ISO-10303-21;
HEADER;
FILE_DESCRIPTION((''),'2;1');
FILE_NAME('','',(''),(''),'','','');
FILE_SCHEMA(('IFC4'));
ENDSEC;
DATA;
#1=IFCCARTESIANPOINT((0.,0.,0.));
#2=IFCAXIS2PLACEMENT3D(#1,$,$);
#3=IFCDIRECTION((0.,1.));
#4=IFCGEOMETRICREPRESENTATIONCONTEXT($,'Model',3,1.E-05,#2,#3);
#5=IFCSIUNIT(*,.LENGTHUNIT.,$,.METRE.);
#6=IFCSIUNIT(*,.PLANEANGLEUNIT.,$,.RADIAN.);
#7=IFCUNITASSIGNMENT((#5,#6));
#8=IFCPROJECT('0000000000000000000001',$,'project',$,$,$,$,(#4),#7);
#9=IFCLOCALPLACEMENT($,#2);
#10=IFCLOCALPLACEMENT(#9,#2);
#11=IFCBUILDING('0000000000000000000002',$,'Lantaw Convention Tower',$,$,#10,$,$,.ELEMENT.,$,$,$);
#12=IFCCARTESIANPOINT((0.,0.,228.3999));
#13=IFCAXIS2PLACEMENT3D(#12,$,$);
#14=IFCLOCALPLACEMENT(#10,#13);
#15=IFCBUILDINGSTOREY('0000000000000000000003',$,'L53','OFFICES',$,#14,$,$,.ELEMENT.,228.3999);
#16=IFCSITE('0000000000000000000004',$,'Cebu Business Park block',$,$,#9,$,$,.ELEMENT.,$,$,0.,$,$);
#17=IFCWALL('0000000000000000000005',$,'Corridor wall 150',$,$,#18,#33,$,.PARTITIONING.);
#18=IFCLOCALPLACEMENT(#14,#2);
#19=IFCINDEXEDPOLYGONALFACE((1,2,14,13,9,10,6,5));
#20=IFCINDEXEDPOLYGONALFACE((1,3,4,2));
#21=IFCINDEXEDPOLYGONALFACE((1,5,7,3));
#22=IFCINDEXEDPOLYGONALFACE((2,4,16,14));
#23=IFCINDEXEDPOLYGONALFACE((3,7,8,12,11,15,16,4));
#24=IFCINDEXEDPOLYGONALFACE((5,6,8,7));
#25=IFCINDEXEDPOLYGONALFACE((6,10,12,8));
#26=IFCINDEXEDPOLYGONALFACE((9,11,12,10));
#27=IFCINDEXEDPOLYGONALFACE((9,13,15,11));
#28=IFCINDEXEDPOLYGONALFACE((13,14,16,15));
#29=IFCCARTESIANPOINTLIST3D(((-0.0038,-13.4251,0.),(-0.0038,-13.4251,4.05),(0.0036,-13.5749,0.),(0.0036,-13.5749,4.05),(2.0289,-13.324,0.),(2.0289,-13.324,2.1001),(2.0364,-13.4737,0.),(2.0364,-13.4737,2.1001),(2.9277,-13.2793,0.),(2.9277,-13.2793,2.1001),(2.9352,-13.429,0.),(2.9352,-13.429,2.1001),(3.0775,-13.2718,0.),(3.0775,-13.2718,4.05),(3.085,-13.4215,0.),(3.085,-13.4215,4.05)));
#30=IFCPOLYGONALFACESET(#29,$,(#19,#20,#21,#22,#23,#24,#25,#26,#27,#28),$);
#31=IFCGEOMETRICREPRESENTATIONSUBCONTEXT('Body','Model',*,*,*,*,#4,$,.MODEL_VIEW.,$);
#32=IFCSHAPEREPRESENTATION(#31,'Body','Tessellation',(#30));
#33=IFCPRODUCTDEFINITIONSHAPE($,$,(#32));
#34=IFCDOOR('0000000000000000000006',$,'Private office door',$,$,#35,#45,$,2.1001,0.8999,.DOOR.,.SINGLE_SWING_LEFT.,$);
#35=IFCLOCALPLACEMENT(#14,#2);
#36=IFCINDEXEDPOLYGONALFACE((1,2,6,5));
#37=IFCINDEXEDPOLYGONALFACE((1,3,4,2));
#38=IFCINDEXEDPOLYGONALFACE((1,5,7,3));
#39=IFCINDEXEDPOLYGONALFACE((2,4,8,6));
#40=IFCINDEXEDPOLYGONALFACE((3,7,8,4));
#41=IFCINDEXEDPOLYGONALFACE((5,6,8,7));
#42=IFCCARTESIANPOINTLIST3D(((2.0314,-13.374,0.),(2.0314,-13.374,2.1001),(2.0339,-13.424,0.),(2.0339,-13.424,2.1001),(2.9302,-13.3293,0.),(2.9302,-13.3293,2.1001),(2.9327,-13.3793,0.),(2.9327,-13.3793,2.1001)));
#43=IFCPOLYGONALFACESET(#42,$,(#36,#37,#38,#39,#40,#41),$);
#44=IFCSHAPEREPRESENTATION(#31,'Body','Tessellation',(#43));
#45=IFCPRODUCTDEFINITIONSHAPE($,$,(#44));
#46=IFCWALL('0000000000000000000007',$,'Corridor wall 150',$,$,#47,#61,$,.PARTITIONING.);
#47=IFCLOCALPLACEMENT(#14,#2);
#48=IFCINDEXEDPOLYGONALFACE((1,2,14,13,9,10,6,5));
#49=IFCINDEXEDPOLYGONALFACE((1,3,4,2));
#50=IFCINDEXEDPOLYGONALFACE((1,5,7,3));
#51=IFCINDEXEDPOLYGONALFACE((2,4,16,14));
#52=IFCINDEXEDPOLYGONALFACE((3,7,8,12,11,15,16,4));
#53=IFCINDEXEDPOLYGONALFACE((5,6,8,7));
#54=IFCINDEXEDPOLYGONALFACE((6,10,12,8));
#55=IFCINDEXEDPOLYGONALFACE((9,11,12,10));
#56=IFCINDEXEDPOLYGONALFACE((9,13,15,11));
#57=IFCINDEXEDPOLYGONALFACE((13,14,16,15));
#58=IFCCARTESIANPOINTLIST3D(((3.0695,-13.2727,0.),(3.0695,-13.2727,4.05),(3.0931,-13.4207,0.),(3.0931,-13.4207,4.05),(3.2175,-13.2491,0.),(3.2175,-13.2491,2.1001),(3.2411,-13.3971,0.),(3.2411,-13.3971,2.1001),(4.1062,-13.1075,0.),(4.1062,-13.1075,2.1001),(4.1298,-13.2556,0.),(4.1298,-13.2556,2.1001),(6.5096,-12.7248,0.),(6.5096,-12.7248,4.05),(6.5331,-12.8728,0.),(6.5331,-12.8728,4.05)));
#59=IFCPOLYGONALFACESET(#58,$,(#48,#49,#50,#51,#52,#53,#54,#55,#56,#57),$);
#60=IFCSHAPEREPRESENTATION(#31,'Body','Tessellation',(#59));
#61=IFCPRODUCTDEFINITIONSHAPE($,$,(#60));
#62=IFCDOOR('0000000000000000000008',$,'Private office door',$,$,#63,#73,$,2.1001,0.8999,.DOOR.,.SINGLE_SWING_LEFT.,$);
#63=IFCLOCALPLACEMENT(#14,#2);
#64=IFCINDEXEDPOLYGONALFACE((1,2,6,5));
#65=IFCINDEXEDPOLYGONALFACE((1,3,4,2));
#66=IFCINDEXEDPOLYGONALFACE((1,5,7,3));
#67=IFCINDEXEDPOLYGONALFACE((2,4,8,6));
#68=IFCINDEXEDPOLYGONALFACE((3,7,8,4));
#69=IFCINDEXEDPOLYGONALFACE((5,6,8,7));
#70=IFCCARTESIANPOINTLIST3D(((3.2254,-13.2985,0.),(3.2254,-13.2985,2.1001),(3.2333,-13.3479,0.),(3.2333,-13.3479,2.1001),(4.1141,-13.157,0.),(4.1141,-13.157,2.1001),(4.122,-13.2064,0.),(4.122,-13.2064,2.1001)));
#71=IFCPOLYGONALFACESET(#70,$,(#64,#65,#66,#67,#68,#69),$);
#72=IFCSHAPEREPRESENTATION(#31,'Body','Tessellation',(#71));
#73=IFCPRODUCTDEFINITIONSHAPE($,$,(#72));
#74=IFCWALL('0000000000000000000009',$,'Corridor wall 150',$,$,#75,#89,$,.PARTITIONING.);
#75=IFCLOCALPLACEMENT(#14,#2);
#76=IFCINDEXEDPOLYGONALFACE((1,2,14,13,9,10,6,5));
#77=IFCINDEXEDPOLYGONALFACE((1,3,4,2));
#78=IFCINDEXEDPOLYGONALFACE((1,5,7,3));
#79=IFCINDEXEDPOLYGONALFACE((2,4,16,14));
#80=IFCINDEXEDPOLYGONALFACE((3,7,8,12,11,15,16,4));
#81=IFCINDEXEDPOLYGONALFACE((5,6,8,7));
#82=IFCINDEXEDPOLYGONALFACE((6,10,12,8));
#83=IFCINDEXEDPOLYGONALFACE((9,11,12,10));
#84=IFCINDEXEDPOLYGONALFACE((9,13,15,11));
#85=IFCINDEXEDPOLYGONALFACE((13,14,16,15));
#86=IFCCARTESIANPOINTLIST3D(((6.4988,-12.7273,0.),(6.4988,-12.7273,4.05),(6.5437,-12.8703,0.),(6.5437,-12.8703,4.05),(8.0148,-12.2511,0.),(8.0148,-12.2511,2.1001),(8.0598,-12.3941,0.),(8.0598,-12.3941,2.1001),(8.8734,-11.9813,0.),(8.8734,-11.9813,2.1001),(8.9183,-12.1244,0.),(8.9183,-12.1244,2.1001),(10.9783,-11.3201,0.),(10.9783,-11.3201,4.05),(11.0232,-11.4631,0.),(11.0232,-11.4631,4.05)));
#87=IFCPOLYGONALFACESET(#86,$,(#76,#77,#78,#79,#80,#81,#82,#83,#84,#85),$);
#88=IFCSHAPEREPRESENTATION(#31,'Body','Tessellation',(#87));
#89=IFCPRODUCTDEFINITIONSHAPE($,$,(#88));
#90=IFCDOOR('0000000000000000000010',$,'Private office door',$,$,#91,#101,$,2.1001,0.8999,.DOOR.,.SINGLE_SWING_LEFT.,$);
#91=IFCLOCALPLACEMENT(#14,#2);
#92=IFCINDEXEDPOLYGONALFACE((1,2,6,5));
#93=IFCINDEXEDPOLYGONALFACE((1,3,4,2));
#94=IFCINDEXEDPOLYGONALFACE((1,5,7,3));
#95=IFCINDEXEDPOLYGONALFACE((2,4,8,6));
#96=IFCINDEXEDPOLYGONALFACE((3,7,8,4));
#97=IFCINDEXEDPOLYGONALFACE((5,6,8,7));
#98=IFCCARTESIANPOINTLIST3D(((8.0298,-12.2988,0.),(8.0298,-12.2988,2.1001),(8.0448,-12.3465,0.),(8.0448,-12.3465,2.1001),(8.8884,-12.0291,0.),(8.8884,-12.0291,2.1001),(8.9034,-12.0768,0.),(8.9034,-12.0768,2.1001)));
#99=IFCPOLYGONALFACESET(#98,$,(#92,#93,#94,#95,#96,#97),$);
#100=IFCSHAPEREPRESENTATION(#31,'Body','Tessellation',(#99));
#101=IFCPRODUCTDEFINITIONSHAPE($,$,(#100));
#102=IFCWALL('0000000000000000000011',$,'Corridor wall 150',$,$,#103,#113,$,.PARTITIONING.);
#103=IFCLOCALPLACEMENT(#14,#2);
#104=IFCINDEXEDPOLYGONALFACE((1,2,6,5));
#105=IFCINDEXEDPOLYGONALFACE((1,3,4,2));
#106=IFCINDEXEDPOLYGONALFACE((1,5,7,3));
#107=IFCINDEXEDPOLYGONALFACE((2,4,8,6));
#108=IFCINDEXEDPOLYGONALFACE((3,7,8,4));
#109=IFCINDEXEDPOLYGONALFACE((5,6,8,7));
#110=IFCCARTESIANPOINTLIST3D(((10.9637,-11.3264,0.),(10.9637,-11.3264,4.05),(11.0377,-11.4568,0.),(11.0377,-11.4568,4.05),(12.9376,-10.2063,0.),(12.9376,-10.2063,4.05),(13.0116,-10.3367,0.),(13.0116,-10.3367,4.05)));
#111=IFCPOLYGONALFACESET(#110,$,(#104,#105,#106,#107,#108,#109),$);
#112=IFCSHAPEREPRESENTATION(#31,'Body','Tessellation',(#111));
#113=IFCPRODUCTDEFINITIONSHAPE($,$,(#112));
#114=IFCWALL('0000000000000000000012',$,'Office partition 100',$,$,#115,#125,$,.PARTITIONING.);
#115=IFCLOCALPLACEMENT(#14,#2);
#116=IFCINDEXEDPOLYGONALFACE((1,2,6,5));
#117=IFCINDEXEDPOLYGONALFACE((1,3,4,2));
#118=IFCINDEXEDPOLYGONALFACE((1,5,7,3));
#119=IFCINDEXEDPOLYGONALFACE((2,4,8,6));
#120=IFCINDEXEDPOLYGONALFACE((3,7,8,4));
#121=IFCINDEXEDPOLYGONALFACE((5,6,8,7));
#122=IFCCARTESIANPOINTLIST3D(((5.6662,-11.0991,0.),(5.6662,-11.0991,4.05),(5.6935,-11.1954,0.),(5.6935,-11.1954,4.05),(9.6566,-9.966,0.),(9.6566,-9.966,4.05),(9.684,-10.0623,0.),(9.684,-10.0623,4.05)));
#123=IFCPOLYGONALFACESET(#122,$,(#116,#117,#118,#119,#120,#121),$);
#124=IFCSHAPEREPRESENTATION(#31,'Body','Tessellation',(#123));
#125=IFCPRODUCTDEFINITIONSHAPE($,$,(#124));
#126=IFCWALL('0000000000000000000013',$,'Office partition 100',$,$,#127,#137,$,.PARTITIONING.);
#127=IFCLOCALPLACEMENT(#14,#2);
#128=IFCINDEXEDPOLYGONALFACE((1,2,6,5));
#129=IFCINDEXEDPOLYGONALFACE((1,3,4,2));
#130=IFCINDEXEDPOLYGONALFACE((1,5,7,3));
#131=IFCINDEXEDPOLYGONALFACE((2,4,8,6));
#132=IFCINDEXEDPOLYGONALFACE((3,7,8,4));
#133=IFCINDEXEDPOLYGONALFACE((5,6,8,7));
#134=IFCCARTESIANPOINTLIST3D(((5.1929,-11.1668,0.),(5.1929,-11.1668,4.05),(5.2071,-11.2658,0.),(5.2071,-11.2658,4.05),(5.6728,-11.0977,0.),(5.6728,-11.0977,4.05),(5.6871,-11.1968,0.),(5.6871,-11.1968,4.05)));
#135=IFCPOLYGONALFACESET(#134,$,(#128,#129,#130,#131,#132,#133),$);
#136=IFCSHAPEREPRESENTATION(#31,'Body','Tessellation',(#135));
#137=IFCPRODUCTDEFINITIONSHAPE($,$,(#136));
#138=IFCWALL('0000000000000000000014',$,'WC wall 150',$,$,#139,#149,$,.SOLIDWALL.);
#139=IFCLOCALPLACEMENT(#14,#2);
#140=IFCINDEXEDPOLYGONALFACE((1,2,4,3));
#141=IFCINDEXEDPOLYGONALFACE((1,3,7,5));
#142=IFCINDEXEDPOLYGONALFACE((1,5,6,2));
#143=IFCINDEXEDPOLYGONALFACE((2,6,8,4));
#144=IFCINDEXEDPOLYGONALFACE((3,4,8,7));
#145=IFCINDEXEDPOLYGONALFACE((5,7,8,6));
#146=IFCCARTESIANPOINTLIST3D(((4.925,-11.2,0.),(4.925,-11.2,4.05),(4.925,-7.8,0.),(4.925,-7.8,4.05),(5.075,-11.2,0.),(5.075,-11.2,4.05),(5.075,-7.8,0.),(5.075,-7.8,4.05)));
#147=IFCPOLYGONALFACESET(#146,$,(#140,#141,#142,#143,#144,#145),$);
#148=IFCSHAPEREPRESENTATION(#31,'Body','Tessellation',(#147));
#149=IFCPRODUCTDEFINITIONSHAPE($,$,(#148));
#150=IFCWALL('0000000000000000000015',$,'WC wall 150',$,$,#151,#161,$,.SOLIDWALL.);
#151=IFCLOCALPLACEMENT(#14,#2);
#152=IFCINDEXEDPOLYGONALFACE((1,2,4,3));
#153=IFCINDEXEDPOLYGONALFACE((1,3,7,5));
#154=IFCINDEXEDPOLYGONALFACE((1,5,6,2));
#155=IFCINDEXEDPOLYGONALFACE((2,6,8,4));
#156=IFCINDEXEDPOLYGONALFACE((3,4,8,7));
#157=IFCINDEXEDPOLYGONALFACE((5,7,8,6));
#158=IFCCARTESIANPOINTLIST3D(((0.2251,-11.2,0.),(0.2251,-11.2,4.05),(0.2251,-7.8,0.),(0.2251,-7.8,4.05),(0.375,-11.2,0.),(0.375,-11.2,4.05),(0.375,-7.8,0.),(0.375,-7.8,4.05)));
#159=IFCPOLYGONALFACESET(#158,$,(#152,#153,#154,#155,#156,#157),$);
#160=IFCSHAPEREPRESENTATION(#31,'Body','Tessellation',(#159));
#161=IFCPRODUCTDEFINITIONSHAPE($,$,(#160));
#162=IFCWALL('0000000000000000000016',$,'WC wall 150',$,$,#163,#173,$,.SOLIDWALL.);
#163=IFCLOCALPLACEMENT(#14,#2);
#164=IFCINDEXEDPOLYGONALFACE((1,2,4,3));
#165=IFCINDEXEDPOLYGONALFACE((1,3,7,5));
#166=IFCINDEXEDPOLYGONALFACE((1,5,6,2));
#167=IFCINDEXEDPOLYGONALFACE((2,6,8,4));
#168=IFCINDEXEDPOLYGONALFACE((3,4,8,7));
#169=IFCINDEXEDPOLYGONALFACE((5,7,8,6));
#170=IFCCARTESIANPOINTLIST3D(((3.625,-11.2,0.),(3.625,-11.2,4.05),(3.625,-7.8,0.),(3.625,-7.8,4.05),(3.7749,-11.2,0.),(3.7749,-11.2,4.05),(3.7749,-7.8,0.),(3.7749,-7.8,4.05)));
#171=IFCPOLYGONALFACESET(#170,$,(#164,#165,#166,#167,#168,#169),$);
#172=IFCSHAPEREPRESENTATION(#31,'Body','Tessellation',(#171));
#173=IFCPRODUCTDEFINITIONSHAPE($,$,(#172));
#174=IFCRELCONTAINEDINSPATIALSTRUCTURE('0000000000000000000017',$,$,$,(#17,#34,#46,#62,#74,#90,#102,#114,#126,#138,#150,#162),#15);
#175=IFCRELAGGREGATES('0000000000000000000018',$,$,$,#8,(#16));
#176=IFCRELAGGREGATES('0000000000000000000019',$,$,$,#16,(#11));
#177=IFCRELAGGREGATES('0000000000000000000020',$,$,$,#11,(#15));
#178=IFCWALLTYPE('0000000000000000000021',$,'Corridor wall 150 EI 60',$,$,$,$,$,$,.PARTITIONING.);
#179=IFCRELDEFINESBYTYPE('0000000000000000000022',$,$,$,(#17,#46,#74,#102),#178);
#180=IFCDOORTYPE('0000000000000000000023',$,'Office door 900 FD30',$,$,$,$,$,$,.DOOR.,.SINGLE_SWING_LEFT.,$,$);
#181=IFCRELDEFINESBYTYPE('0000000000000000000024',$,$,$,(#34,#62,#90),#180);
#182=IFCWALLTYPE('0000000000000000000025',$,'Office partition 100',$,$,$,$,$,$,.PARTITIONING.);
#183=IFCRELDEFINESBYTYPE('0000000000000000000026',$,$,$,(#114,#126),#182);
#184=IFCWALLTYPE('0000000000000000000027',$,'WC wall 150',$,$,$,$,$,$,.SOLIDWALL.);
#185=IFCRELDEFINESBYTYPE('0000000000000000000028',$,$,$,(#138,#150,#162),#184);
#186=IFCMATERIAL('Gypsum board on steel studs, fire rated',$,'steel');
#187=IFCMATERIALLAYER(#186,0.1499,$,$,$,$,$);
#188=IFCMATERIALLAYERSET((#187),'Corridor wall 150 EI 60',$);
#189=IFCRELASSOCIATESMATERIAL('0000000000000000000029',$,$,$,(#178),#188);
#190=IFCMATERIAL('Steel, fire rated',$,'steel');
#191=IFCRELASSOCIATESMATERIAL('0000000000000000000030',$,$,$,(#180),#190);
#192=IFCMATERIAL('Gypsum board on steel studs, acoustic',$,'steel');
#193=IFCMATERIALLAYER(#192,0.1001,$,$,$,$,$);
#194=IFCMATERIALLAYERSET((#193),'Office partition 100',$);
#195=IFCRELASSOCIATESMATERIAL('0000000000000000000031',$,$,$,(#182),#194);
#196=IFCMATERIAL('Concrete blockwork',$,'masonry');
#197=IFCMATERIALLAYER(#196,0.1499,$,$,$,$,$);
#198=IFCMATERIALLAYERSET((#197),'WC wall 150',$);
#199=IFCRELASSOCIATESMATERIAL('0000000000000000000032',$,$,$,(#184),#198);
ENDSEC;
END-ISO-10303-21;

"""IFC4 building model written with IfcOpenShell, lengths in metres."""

from ifc_helpers import new_model, si_unit, direction, frame, frame_2d, origin, place, context, subcontext, project, spatial, rectangle, extrude, material, layer, layer_set, type_object, element, fill, save


model = new_model("IFC4")

# Units and contexts
model_context = context("Model", 3, precision=1e-05, world=origin(), true_north=direction((0.0, 1.0)))
body_context = subcontext(model_context, "Body", "Model", "MODEL_VIEW")
ifc_project = project(units=[si_unit("LENGTHUNIT", "METRE"), si_unit("PLANEANGLEUNIT", "RADIAN")], contexts=[model_context])

# Site, building, storey
site_placement = place(None, origin())
site = spatial("IfcSite", under=ifc_project, at=site_placement, Name="Cebu Business Park block", CompositionType="ELEMENT", RefElevation=0.0)
building_placement = place(site_placement, origin())
building = spatial("IfcBuilding", under=site, at=building_placement, Name="Lantaw Convention Tower", CompositionType="ELEMENT")
storey_placement = place(building_placement, frame((0.0, 0.0, 228.3999)))
storey = spatial("IfcBuildingStorey", under=building, at=storey_placement, Name="L53", Description="OFFICES", CompositionType="ELEMENT", Elevation=228.3999)

# Walls, openings, doors
ifc_material_1 = material(Name="Steel, fire rated", Category="steel")
ifc_material_2 = material(Name="Gypsum board on steel studs, fire rated", Category="steel")
ifc_layer_1 = layer(ifc_material_2, 0.1499)
ifc_layer_set_1 = layer_set([ifc_layer_1], Name="Corridor wall 150 EI 60")
wall_type_1 = type_object("IfcWallType", Name="Corridor wall 150 EI 60", PredefinedType="PARTITIONING", material=ifc_layer_set_1)
wall_1_placement = place(storey_placement, frame((0.0, -13.5, 0.0), z_axis=(0.0, 0.0, 1.0), x_axis=(0.998764, 0.049697, 0.0)))
wall_1 = element("IfcWall", 1, at=wall_1_placement, inside=storey, type_object=wall_type_1, Name="Corridor wall 150", PredefinedType="PARTITIONING", context=body_context, shape_type="SweptSolid", body=[
    extrude(rectangle(XDim=3.0852, YDim=0.1499, at=frame_2d((1.5425, 0.0))), origin(), (0.0, 0.0, 1.0), 4.05),
])
opening_1_placement = place(wall_1_placement, frame((2.0352, 0.0, 0.0)))
opening_1 = element("IfcOpeningElement", 2, at=opening_1_placement, cuts=wall_1, PredefinedType="OPENING", context=body_context, shape_type="SweptSolid", body=[
    extrude(rectangle(XDim=0.8999, YDim=2.1001, at=frame_2d((0.45, 1.05))), frame((0.0, 0.085, 0.0), z_axis=(0.0, -1.0, 0.0), x_axis=(1.0, 0.0, 0.0)), (0.0, 0.0, 1.0), 0.1699),
])
door_type_1 = type_object("IfcDoorType", Name="Office door 900 FD30", OperationType="SINGLE_SWING_LEFT", PredefinedType="DOOR", material=ifc_material_1)
door_1_placement = place(opening_1_placement, origin())
door_1 = element("IfcDoor", 3, at=door_1_placement, inside=storey, type_object=door_type_1, Name="Private office door", OperationType="SINGLE_SWING_LEFT", OverallHeight=2.1001, OverallWidth=0.8999, PredefinedType="DOOR", context=body_context, shape_type="SweptSolid", body=[
    extrude(rectangle(XDim=0.8999, YDim=2.1001, at=frame_2d((0.45, 1.05))), frame((0.0, 0.0249, 0.0), z_axis=(0.0, -1.0, 0.0), x_axis=(1.0, 0.0, 0.0)), (0.0, 0.0, 1.0), 0.05),
])
fill(opening_1, door_1)
wall_2_placement = place(storey_placement, frame((3.0813, -13.3467, 0.0), z_axis=(0.0, 0.0, 1.0), x_axis=(0.987554, 0.15728, 0.0)))
wall_2 = element("IfcWall", 4, at=wall_2_placement, inside=storey, type_object=wall_type_1, Name="Corridor wall 150", PredefinedType="PARTITIONING", context=body_context, shape_type="SweptSolid", body=[
    extrude(rectangle(XDim=3.4834, YDim=0.1499, at=frame_2d((1.7417, 0.0))), origin(), (0.0, 0.0, 1.0), 4.05),
])
opening_2_placement = place(wall_2_placement, frame((0.1499, 0.0, 0.0)))
opening_2 = element("IfcOpeningElement", 5, at=opening_2_placement, cuts=wall_2, PredefinedType="OPENING", context=body_context, shape_type="SweptSolid", body=[
    extrude(rectangle(XDim=0.8999, YDim=2.1001, at=frame_2d((0.45, 1.05))), frame((0.0, 0.085, 0.0), z_axis=(0.0, -1.0, 0.0), x_axis=(1.0, 0.0, 0.0)), (0.0, 0.0, 1.0), 0.1699),
])
door_2_placement = place(opening_2_placement, origin())
door_2 = element("IfcDoor", 6, at=door_2_placement, inside=storey, type_object=door_type_1, Name="Private office door", OperationType="SINGLE_SWING_LEFT", OverallHeight=2.1001, OverallWidth=0.8999, PredefinedType="DOOR", context=body_context, shape_type="SweptSolid", body=[
    extrude(rectangle(XDim=0.8999, YDim=2.1001, at=frame_2d((0.45, 1.05))), frame((0.0, 0.0249, 0.0), z_axis=(0.0, -1.0, 0.0), x_axis=(1.0, 0.0, 0.0)), (0.0, 0.0, 1.0), 0.05),
])
fill(opening_2, door_2)
wall_3_placement = place(storey_placement, frame((6.5212, -12.7988, 0.0), z_axis=(0.0, 0.0, 1.0), x_axis=(0.954031, 0.299708, 0.0)))
wall_3 = element("IfcWall", 7, at=wall_3_placement, inside=storey, type_object=wall_type_1, Name="Corridor wall 150", PredefinedType="PARTITIONING", context=body_context, shape_type="SweptSolid", body=[
    extrude(rectangle(XDim=4.6953, YDim=0.1499, at=frame_2d((2.3477, 0.0))), origin(), (0.0, 0.0, 1.0), 4.05),
])
opening_3_placement = place(wall_3_placement, frame((1.5891, 0.0, 0.0)))
opening_3 = element("IfcOpeningElement", 8, at=opening_3_placement, cuts=wall_3, PredefinedType="OPENING", context=body_context, shape_type="SweptSolid", body=[
    extrude(rectangle(XDim=0.8999, YDim=2.1001, at=frame_2d((0.45, 1.05))), frame((0.0, 0.085, 0.0), z_axis=(0.0, -1.0, 0.0), x_axis=(1.0, 0.0, 0.0)), (0.0, 0.0, 1.0), 0.1699),
])
door_3_placement = place(opening_3_placement, origin())
door_3 = element("IfcDoor", 9, at=door_3_placement, inside=storey, type_object=door_type_1, Name="Private office door", OperationType="SINGLE_SWING_LEFT", OverallHeight=2.1001, OverallWidth=0.8999, PredefinedType="DOOR", context=body_context, shape_type="SweptSolid", body=[
    extrude(rectangle(XDim=0.8999, YDim=2.1001, at=frame_2d((0.45, 1.05))), frame((0.0, 0.0249, 0.0), z_axis=(0.0, -1.0, 0.0), x_axis=(1.0, 0.0, 0.0)), (0.0, 0.0, 1.0), 0.05),
])
fill(opening_3, door_3)

# Walls
wall_4_placement = place(storey_placement, frame((11.0007, -11.3916, 0.0), z_axis=(0.0, 0.0, 1.0), x_axis=(0.869722, 0.493542, 0.0)))
element("IfcWall", 10, at=wall_4_placement, inside=storey, type_object=wall_type_1, Name="Corridor wall 150", PredefinedType="PARTITIONING", context=body_context, shape_type="SweptSolid", body=[
    extrude(rectangle(XDim=2.2695, YDim=0.1499, at=frame_2d((1.1348, 0.0))), origin(), (0.0, 0.0, 1.0), 4.05),
])
ifc_material_3 = material(Name="Gypsum board on steel studs, acoustic", Category="steel")
ifc_layer_2 = layer(ifc_material_3, 0.1001)
ifc_layer_set_2 = layer_set([ifc_layer_2], Name="Office partition 100")
wall_type_2 = type_object("IfcWallType", Name="Office partition 100", PredefinedType="PARTITIONING", material=ifc_layer_set_2)
wall_5_placement = place(storey_placement, frame((9.6704, -10.0142, 0.0), z_axis=(0.0, 0.0, 1.0), x_axis=(-0.961973, -0.273143, 0.0)))
element("IfcWall", 11, at=wall_5_placement, inside=storey, type_object=wall_type_2, Name="Office partition 100", PredefinedType="PARTITIONING", context=body_context, shape_type="SweptSolid", body=[
    extrude(rectangle(XDim=4.1482, YDim=0.1001, at=frame_2d((2.0742, 0.0))), origin(), (0.0, 0.0, 1.0), 4.05),
])
wall_6_placement = place(storey_placement, frame((5.6799, -11.1472, 0.0), z_axis=(0.0, 0.0, 1.0), x_axis=(-0.989798, -0.142479, 0.0)))
element("IfcWall", 12, at=wall_6_placement, inside=storey, type_object=wall_type_2, Name="Office partition 100", PredefinedType="PARTITIONING", context=body_context, shape_type="SweptSolid", body=[
    extrude(rectangle(XDim=0.4849, YDim=0.1001, at=frame_2d((0.2424, 0.0))), origin(), (0.0, 0.0, 1.0), 4.05),
])
ifc_material_4 = material(Name="Concrete blockwork", Category="masonry")
ifc_layer_3 = layer(ifc_material_4, 0.1499)
ifc_layer_set_3 = layer_set([ifc_layer_3], Name="WC wall 150")
wall_type_3 = type_object("IfcWallType", Name="WC wall 150", PredefinedType="SOLIDWALL", material=ifc_layer_set_3)
for number, where, z_axis, x_axis, name in (
    (13, (5.0, -7.8, 0.0), (0.0, 0.0, 1.0), (0.0, -1.0, 0.0), "WC wall 150"),
    (14, (0.3, -7.8, 0.0), (0.0, 0.0, 1.0), (0.0, -1.0, 0.0), "WC wall 150"),
    (15, (3.7, -7.8, 0.0), (0.0, 0.0, 1.0), (0.0, -1.0, 0.0), "WC wall 150"),
):
    element("IfcWall", number, at=place(storey_placement, frame(where, z_axis=z_axis, x_axis=x_axis)), inside=storey, type_object=wall_type_3, Name=name, PredefinedType="SOLIDWALL", context=body_context, shape_type="SweptSolid", body=[
        extrude(rectangle(XDim=3.3999, YDim=0.1499, at=frame_2d((1.7, 0.0))), origin(), (0.0, 0.0, 1.0), 4.05),
    ])

save(model, "model.ifc")
